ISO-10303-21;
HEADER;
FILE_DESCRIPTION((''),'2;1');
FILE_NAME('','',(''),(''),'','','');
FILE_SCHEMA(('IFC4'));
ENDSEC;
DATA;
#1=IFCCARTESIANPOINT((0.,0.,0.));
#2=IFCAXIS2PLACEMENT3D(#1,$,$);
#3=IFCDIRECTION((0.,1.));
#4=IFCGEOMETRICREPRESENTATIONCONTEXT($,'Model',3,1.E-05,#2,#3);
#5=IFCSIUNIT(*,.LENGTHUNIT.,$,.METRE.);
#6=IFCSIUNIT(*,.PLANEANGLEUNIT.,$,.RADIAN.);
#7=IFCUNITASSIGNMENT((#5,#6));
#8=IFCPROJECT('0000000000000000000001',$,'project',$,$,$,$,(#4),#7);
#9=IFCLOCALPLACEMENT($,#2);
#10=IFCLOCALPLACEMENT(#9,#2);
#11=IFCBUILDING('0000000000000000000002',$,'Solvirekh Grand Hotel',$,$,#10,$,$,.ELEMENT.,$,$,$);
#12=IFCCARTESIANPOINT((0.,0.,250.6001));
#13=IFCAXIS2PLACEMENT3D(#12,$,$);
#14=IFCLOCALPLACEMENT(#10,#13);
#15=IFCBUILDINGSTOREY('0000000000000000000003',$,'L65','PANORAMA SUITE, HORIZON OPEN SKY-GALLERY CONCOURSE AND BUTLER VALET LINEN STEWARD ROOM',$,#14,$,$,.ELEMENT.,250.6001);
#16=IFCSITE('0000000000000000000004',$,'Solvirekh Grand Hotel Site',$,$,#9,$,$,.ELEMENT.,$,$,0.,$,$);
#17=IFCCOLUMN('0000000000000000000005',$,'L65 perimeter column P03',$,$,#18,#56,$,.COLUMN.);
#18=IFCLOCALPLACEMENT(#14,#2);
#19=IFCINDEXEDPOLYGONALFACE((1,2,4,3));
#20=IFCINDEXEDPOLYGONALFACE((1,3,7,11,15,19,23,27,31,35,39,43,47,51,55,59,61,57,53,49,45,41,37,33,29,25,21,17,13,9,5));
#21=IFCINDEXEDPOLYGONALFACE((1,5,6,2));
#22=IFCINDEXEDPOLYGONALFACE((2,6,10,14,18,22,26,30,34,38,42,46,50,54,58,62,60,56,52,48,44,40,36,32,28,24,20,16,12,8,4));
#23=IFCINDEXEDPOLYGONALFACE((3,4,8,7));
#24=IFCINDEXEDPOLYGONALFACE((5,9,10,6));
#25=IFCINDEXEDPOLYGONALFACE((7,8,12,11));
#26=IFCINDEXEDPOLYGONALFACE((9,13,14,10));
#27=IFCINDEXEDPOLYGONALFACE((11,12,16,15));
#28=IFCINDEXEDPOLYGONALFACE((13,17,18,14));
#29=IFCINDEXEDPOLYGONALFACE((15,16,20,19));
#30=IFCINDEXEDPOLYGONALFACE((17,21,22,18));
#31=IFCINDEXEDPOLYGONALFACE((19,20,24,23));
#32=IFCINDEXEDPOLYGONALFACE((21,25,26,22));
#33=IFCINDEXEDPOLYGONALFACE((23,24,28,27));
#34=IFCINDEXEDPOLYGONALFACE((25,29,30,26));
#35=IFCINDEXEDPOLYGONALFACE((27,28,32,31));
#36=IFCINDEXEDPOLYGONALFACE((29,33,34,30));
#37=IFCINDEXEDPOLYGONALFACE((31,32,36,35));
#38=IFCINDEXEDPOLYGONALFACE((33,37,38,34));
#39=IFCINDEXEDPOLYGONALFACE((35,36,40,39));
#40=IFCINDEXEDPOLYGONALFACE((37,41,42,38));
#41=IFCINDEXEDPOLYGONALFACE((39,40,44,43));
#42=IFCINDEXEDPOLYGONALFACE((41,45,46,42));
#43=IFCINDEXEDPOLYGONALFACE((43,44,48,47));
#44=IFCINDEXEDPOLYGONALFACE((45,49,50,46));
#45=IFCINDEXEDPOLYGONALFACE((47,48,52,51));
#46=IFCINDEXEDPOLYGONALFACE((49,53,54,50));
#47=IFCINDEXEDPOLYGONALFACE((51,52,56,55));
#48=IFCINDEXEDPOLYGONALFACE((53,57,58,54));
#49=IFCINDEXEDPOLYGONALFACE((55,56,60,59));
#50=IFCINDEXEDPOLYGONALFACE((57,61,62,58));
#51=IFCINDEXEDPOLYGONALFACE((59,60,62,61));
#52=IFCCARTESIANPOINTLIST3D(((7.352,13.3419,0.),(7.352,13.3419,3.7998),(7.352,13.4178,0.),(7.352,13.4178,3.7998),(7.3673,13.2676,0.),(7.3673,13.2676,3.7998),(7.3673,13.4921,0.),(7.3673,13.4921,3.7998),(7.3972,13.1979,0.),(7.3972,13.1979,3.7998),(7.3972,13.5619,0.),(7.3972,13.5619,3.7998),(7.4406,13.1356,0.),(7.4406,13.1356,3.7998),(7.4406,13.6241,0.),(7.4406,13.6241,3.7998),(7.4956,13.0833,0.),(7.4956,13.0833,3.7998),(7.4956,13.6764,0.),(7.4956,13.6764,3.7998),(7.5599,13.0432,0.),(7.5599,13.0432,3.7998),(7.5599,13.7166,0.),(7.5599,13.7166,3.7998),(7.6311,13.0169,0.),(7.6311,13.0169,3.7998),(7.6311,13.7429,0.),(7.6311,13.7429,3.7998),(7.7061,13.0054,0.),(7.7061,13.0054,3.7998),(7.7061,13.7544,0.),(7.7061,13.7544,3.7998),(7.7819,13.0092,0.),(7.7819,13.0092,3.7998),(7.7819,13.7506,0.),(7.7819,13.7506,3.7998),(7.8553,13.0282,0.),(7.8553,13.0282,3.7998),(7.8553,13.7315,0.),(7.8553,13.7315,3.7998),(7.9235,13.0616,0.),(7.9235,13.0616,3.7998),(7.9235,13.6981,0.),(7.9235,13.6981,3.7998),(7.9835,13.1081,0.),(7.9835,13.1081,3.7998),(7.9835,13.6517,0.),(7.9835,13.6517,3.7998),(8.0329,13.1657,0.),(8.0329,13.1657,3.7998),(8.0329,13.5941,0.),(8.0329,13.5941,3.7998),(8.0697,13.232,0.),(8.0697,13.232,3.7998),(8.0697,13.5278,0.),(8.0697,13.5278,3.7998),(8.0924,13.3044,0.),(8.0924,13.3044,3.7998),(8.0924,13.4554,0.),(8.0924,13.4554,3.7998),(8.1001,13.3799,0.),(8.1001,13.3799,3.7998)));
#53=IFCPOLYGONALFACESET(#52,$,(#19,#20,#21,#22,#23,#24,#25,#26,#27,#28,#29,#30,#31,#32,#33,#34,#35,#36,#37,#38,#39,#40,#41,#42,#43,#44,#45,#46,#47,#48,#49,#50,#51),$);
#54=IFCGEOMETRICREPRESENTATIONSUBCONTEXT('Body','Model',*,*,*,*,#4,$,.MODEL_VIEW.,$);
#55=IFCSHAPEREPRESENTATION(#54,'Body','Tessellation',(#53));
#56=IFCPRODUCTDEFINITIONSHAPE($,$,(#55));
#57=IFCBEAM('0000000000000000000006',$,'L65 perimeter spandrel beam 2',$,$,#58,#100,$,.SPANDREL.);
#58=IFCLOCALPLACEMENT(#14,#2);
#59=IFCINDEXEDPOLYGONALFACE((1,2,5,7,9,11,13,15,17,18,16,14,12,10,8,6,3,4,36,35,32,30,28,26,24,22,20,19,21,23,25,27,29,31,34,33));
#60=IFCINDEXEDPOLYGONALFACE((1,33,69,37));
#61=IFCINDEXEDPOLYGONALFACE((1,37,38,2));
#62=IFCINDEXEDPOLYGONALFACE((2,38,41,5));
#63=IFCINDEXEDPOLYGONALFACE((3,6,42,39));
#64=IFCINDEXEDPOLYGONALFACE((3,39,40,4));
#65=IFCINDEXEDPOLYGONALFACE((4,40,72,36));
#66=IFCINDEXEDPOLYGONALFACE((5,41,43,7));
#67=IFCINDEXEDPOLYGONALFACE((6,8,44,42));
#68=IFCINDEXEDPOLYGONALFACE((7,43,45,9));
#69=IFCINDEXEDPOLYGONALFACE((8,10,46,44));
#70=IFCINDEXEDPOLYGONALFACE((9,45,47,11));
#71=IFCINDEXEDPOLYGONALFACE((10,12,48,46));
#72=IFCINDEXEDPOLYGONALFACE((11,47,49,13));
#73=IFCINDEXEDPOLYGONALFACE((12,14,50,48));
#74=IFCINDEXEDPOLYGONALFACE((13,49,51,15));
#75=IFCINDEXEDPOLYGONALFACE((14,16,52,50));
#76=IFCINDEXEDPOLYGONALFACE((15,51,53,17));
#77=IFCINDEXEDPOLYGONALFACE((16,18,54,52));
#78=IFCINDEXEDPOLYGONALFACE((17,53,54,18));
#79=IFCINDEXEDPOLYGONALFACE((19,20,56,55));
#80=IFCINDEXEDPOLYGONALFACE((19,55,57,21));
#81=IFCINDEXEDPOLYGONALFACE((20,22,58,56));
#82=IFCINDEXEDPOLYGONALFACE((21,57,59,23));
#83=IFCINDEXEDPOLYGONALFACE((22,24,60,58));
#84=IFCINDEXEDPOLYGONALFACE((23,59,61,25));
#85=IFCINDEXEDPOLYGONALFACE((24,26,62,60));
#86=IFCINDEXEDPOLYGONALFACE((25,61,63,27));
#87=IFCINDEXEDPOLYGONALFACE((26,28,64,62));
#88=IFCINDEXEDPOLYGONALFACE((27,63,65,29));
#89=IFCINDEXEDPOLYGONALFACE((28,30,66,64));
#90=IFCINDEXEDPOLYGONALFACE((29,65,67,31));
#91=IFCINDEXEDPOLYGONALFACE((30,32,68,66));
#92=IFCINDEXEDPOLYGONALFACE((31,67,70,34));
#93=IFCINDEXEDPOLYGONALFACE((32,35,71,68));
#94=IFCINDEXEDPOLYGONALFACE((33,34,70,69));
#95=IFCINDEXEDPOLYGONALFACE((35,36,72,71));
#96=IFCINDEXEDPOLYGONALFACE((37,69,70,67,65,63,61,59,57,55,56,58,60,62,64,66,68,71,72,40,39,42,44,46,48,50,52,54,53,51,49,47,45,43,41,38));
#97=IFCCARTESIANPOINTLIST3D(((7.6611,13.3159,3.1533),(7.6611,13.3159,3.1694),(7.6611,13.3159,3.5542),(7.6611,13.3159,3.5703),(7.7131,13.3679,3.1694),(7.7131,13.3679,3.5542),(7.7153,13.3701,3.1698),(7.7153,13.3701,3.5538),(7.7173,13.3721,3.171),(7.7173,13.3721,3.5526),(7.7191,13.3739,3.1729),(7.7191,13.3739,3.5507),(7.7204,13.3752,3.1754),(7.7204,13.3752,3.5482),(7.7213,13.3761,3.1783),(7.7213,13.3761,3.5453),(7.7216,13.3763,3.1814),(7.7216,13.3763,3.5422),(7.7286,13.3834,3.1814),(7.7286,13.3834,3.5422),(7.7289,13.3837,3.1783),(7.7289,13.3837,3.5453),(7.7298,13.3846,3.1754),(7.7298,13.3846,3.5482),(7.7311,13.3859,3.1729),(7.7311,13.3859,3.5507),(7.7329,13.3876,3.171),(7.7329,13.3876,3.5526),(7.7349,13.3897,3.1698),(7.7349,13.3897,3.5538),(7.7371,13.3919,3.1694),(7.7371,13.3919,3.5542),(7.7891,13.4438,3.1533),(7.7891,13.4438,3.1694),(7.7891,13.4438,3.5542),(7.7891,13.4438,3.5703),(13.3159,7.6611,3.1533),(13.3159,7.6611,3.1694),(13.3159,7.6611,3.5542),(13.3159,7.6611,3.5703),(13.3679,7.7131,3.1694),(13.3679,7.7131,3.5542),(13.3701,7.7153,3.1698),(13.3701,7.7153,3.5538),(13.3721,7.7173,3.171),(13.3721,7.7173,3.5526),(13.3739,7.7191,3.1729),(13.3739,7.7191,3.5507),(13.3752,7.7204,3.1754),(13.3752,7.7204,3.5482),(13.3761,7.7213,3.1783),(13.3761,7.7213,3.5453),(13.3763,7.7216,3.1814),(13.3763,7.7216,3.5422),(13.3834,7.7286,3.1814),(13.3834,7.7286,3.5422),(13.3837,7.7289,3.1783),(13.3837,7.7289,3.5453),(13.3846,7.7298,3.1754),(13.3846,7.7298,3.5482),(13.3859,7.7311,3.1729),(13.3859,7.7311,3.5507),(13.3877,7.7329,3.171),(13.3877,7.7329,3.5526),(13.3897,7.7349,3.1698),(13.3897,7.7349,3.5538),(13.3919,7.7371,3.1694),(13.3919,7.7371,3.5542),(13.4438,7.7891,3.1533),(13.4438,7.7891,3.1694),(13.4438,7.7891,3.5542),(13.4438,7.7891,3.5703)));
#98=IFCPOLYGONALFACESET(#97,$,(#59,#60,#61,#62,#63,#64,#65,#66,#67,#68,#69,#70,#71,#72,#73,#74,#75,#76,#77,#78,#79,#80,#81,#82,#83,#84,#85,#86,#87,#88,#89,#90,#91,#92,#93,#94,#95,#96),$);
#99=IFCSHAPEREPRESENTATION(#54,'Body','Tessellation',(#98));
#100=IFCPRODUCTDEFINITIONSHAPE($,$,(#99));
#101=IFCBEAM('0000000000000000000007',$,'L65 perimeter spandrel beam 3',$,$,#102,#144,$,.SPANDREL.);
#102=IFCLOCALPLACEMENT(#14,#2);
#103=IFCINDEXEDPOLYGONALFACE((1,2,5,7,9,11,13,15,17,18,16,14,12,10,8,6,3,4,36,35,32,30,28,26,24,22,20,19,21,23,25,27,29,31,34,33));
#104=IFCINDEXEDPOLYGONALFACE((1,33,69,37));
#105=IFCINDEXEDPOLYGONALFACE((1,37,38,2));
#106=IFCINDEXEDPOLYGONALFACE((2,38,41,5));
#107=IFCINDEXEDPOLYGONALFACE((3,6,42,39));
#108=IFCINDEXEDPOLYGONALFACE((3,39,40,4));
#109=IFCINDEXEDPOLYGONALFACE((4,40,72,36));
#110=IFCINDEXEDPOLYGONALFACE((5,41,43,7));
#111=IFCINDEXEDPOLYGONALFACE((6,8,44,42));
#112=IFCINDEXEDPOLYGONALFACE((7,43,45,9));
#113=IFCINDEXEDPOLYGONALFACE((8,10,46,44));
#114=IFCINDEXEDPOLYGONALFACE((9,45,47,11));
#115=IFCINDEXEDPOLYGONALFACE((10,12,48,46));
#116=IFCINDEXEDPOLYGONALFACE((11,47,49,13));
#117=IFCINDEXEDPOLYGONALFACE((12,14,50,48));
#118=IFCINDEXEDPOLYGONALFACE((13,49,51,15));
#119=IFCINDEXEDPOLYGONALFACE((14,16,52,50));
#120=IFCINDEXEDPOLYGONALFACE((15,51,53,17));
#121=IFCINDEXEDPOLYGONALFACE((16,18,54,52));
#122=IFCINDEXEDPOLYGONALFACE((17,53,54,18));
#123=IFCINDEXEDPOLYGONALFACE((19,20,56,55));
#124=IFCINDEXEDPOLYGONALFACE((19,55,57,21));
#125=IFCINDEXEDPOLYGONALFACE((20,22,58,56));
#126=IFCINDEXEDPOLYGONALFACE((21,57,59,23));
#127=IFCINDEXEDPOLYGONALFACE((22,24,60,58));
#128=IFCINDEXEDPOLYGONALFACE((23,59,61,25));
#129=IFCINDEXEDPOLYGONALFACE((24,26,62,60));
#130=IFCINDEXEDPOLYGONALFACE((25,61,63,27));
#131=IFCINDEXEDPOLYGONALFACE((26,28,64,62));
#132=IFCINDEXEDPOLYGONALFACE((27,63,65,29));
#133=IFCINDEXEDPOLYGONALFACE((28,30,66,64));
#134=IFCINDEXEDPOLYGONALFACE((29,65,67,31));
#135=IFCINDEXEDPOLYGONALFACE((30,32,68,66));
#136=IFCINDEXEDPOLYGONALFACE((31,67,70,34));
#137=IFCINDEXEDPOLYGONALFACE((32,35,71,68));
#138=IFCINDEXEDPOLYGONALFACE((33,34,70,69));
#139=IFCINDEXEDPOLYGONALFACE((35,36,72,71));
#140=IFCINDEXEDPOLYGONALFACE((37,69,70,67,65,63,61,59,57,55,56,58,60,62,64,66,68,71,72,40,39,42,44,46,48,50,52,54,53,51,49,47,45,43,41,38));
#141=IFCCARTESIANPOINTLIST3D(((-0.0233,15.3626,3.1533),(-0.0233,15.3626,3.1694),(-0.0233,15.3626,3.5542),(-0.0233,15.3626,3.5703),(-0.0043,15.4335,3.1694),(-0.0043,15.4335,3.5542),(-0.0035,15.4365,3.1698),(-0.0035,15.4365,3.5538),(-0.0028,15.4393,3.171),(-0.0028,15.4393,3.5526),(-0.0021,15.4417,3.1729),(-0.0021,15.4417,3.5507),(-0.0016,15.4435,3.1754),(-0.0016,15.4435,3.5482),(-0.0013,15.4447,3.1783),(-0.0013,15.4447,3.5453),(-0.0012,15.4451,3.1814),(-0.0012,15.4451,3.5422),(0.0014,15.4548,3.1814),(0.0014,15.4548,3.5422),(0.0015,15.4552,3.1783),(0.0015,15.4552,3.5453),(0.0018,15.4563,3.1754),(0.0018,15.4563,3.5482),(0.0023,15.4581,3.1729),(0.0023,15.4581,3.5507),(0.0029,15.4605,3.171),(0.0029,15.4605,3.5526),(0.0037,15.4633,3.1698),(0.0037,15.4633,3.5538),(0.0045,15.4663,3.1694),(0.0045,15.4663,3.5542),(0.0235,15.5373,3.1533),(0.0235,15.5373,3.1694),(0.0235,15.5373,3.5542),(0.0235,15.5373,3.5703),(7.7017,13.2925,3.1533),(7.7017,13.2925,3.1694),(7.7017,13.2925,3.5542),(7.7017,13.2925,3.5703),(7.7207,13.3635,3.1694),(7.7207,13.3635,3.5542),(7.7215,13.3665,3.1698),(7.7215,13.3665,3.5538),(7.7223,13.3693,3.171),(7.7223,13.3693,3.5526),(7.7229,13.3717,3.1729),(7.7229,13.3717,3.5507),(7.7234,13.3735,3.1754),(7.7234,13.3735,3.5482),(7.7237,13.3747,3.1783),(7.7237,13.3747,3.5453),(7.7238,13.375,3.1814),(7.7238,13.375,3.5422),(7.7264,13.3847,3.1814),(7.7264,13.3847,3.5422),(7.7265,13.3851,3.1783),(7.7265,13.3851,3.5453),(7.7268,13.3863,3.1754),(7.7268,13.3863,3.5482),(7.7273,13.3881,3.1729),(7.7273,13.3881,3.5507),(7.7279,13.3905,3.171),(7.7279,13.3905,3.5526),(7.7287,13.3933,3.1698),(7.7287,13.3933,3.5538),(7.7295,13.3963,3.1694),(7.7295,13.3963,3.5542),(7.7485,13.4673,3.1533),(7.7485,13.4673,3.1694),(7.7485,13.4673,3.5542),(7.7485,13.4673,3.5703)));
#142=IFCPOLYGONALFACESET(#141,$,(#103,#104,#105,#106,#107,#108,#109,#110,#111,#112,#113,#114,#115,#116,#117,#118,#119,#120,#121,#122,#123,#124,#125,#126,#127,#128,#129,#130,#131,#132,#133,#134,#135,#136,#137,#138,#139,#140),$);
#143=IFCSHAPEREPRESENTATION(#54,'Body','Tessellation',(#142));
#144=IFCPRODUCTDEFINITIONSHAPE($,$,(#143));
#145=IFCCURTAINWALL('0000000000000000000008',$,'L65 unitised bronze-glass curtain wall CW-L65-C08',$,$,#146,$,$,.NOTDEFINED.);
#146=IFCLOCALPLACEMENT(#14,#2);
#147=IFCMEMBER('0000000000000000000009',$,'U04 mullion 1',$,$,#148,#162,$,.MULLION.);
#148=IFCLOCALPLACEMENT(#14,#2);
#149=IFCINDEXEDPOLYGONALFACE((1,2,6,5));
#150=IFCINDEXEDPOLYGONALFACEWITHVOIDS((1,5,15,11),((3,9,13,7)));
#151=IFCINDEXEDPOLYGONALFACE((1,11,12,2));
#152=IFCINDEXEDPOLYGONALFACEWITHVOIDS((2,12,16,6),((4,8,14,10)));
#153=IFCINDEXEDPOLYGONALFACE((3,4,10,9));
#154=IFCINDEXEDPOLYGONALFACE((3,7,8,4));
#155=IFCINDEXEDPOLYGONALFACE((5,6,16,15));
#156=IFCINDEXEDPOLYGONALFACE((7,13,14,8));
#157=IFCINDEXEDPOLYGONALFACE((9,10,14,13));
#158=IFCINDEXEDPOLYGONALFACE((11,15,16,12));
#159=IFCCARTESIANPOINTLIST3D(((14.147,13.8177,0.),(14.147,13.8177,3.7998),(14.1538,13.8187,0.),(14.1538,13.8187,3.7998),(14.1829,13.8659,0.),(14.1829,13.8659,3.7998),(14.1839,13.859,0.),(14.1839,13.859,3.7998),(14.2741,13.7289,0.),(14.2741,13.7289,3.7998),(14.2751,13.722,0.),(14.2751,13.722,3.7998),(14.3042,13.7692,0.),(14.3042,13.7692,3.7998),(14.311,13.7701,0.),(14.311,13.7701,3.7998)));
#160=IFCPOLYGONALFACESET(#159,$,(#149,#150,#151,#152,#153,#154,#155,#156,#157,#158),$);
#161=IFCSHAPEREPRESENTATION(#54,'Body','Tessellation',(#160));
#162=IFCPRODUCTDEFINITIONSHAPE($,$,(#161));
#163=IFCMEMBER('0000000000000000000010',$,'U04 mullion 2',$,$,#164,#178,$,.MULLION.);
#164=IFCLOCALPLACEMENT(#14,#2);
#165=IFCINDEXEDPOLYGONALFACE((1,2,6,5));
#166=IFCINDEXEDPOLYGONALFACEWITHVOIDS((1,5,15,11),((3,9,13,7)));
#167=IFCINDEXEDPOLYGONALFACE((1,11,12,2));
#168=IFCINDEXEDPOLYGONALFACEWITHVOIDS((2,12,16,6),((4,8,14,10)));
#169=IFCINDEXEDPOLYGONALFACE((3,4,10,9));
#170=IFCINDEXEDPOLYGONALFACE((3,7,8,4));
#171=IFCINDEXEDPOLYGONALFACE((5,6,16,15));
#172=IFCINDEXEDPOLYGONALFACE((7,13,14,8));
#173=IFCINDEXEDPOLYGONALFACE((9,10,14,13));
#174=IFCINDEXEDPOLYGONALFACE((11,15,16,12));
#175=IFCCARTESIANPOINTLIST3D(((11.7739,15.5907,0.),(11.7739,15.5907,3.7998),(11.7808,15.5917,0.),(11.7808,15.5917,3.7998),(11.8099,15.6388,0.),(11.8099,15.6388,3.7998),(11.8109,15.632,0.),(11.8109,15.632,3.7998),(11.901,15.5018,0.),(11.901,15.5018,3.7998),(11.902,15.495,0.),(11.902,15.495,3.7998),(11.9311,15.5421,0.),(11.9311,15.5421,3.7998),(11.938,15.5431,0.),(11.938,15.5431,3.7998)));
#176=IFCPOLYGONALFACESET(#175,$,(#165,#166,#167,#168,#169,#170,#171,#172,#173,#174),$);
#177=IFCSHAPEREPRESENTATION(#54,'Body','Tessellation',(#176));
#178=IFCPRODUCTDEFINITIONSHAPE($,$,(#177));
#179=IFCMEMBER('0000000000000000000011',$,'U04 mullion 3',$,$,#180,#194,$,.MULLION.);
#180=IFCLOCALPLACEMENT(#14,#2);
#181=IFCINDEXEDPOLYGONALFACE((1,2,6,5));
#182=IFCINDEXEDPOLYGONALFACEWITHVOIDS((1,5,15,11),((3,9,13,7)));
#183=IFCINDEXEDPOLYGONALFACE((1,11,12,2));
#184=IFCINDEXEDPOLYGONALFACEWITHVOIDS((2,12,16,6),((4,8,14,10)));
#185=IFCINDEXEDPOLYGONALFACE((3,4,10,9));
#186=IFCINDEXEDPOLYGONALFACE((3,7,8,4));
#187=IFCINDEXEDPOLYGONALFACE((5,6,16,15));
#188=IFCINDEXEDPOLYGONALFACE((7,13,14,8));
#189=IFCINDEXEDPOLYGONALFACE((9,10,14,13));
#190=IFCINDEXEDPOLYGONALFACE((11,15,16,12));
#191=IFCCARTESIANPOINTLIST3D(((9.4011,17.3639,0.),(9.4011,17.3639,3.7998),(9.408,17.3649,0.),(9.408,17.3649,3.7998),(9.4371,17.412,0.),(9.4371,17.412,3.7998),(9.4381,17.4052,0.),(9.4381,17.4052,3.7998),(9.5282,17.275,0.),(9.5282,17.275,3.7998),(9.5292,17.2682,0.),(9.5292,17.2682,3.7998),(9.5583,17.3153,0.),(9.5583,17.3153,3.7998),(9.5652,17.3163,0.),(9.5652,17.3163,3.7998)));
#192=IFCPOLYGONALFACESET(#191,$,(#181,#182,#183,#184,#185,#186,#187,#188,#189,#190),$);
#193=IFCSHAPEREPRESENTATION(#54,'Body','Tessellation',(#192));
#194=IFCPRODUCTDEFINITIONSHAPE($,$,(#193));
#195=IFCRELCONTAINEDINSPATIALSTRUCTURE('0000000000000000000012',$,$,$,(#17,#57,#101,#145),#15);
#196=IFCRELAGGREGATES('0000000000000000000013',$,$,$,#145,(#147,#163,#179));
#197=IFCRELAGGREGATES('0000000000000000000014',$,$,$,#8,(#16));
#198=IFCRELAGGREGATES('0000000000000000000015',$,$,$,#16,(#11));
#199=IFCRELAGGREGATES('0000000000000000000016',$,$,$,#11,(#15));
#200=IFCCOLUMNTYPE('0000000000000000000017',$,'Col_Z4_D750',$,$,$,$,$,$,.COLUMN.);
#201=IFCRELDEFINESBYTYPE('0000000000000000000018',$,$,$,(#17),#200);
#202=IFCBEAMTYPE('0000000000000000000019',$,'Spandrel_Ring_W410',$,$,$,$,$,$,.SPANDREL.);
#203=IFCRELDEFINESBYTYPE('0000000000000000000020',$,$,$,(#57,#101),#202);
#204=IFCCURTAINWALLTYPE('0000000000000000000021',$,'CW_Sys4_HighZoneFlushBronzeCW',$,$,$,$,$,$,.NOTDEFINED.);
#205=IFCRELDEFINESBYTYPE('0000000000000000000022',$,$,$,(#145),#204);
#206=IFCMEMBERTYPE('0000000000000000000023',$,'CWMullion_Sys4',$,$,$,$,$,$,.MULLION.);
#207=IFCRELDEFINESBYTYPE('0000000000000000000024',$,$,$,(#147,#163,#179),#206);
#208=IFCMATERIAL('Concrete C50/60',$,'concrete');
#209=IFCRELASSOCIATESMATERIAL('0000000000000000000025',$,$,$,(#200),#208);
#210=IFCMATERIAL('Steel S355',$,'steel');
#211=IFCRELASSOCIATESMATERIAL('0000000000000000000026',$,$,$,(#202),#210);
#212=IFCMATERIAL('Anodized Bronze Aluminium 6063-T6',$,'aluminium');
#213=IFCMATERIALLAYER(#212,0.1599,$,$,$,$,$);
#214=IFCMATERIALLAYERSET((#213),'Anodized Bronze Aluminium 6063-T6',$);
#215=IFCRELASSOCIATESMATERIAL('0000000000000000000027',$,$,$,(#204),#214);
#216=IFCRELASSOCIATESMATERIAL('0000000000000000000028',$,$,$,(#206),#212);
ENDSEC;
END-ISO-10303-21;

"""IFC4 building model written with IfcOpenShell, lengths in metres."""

from ifc_helpers import new_model, si_unit, direction, frame, origin, origin_2d, place, context, subcontext, project, spatial, hollow_rectangle, circle, i_section, extrude, source, transform, mapped, material, layer, layer_set, material_profile, profile_set, type_object, element, aggregate, save


model = new_model("IFC4")

# Units and contexts
model_context = context("Model", 3, precision=1e-05, world=origin(), true_north=direction((0.0, 1.0)))
body_context = subcontext(model_context, "Body", "Model", "MODEL_VIEW")
ifc_project = project(units=[si_unit("LENGTHUNIT", "METRE"), si_unit("PLANEANGLEUNIT", "RADIAN")], contexts=[model_context])

# Site, building, storey
site_placement = place(None, origin())
site = spatial("IfcSite", under=ifc_project, at=site_placement, Name="Solvirekh Grand Hotel Site", CompositionType="ELEMENT", RefElevation=0.0)
building_placement = place(site_placement, origin())
building = spatial("IfcBuilding", under=site, at=building_placement, Name="Solvirekh Grand Hotel", CompositionType="ELEMENT")
storey_placement = place(building_placement, frame((0.0, 0.0, 250.6001)))
storey = spatial("IfcBuildingStorey", under=building, at=storey_placement, Name="L65", Description="PANORAMA SUITE, HORIZON OPEN SKY-GALLERY CONCOURSE AND BUTLER VALET LINEN STEWARD ROOM", CompositionType="ELEMENT", Elevation=250.6001)

# Column
ifc_material_1 = material(Name="Concrete C50/60", Category="concrete")
ifc_material_profile_1 = material_profile(ifc_material_1, circle(Radius=0.375, at=origin_2d()), Name="RC CIRC D750")
ifc_profile_set_1 = profile_set([ifc_material_profile_1], Name="Concrete C50/60")
column_type = type_object("IfcColumnType", Name="Col_Z4_D750", PredefinedType="COLUMN", material=ifc_profile_set_1)
column_placement = place(storey_placement, frame((7.7251, 13.3799, 0.0), z_axis=(0.0, 0.0, 1.0), x_axis=(1.0, 0.0, 0.0)))
element("IfcColumn", 1, at=column_placement, inside=storey, type_object=column_type, Name="L65 perimeter column P03", PredefinedType="COLUMN", context=body_context, shape_type="SweptSolid", body=[
    extrude(circle(Radius=0.375, at=origin_2d()), origin(), (0.0, 0.0, 1.0), 3.7998),
])

# Beams
ifc_material_2 = material(Name="Steel S355", Category="steel")
ifc_material_profile_2 = material_profile(ifc_material_2, i_section(OverallWidth=0.1809, OverallDepth=0.417, WebThickness=0.01, FlangeThickness=0.0161, FilletRadius=0.012, at=origin_2d()), Name="W410X85")
ifc_profile_set_2 = profile_set([ifc_material_profile_2], Name="Steel S355")
beam_type = type_object("IfcBeamType", Name="Spandrel_Ring_W410", PredefinedType="SPANDREL", material=ifc_profile_set_2)
beam_1_placement = place(storey_placement, frame((13.3799, 7.7251, 3.3618), z_axis=(-0.707107, 0.707107, 0.0), x_axis=(-0.707107, -0.707107, 0.0)))
element("IfcBeam", 2, at=beam_1_placement, inside=storey, type_object=beam_type, Name="L65 perimeter spandrel beam 2", PredefinedType="SPANDREL", context=body_context, shape_type="SweptSolid", body=[
    extrude(i_section(OverallWidth=0.1809, OverallDepth=0.417, WebThickness=0.01, FlangeThickness=0.0161, FilletRadius=0.012, at=origin_2d()), origin(), (0.0, 0.0, 1.0), 7.9971),
])
beam_2_placement = place(storey_placement, frame((7.7251, 13.3799, 3.3618), z_axis=(-0.965922, 0.258835, 0.0), x_axis=(-0.258835, -0.965922, 0.0)))
element("IfcBeam", 3, at=beam_2_placement, inside=storey, type_object=beam_type, Name="L65 perimeter spandrel beam 3", PredefinedType="SPANDREL", context=body_context, shape_type="SweptSolid", body=[
    extrude(i_section(OverallWidth=0.1809, OverallDepth=0.417, WebThickness=0.01, FlangeThickness=0.0161, FilletRadius=0.012, at=origin_2d()), origin(), (0.0, 0.0, 1.0), 7.9976),
])

# Curtain wall, members
ifc_material_3 = material(Name="Anodized Bronze Aluminium 6063-T6", Category="aluminium")
ifc_layer_1 = layer(ifc_material_3, 0.1599)
ifc_layer_set_1 = layer_set([ifc_layer_1], Name="Anodized Bronze Aluminium 6063-T6")
curtain_wall_type = type_object("IfcCurtainWallType", Name="CW_Sys4_HighZoneFlushBronzeCW", PredefinedType="NOTDEFINED", material=ifc_layer_set_1)
curtain_wall_placement = place(storey_placement, origin())
curtain_wall = element("IfcCurtainWall", 4, at=curtain_wall_placement, inside=storey, type_object=curtain_wall_type, Name="L65 unitised bronze-glass curtain wall CW-L65-C08", PredefinedType="NOTDEFINED")
ifc_material_profile_3 = material_profile(ifc_material_3, hollow_rectangle(XDim=0.0601, YDim=0.1599, WallThickness=0.0049, at=origin_2d()), Name="ALU RHS 160X60X5")
ifc_profile_set_3 = profile_set([ifc_material_profile_3], Name="Anodized Bronze Aluminium 6063-T6")
member_type_1 = type_object("IfcMemberType", Name="CWMullion_Sys4", PredefinedType="MULLION", material=ifc_profile_set_3)
shared_shape_1 = source(origin(), body_context, "Body", "SweptSolid", [
    extrude(hollow_rectangle(XDim=0.0601, YDim=0.1599, WallThickness=0.0049, at=origin_2d()), origin(), (0.0, 0.0, 1.0), 3.7998),
])
member_1_placement = place(storey_placement, frame((14.229, 13.7939, 0.0), z_axis=(0.0, 0.0, 1.0), x_axis=(-0.598555, -0.801082, 0.0)))
member_1 = element("IfcMember", 5, at=member_1_placement, type_object=member_type_1, Name="U04 mullion 1", PredefinedType="MULLION", context=body_context, shape_type="MappedRepresentation", body=[
    mapped(shared_shape_1, transform((0.0, 0.0, 0.0), x_axis=(1.0, 0.0, 0.0), y_axis=(0.0, 1.0, 0.0), z_axis=(0.0, 0.0, 1.0), scale=1.0)),
])
member_2_placement = place(storey_placement, frame((11.856, 15.5669, 0.0), z_axis=(0.0, 0.0, 1.0), x_axis=(-0.598555, -0.801082, 0.0)))
member_2 = element("IfcMember", 6, at=member_2_placement, type_object=member_type_1, Name="U04 mullion 2", PredefinedType="MULLION", context=body_context, shape_type="MappedRepresentation", body=[
    mapped(shared_shape_1, transform((0.0, 0.0, 0.0), x_axis=(1.0, 0.0, 0.0), y_axis=(0.0, 1.0, 0.0), z_axis=(0.0, 0.0, 1.0), scale=1.0)),
])
member_3_placement = place(storey_placement, frame((9.4832, 17.3401, 0.0), z_axis=(0.0, 0.0, 1.0), x_axis=(-0.598555, -0.801082, 0.0)))
member_3 = element("IfcMember", 7, at=member_3_placement, type_object=member_type_1, Name="U04 mullion 3", PredefinedType="MULLION", context=body_context, shape_type="MappedRepresentation", body=[
    mapped(shared_shape_1, transform((0.0, 0.0, 0.0), x_axis=(1.0, 0.0, 0.0), y_axis=(0.0, 1.0, 0.0), z_axis=(0.0, 0.0, 1.0), scale=1.0)),
])
aggregate(curtain_wall, [member_1, member_2, member_3])

save(model, "model.ifc")
